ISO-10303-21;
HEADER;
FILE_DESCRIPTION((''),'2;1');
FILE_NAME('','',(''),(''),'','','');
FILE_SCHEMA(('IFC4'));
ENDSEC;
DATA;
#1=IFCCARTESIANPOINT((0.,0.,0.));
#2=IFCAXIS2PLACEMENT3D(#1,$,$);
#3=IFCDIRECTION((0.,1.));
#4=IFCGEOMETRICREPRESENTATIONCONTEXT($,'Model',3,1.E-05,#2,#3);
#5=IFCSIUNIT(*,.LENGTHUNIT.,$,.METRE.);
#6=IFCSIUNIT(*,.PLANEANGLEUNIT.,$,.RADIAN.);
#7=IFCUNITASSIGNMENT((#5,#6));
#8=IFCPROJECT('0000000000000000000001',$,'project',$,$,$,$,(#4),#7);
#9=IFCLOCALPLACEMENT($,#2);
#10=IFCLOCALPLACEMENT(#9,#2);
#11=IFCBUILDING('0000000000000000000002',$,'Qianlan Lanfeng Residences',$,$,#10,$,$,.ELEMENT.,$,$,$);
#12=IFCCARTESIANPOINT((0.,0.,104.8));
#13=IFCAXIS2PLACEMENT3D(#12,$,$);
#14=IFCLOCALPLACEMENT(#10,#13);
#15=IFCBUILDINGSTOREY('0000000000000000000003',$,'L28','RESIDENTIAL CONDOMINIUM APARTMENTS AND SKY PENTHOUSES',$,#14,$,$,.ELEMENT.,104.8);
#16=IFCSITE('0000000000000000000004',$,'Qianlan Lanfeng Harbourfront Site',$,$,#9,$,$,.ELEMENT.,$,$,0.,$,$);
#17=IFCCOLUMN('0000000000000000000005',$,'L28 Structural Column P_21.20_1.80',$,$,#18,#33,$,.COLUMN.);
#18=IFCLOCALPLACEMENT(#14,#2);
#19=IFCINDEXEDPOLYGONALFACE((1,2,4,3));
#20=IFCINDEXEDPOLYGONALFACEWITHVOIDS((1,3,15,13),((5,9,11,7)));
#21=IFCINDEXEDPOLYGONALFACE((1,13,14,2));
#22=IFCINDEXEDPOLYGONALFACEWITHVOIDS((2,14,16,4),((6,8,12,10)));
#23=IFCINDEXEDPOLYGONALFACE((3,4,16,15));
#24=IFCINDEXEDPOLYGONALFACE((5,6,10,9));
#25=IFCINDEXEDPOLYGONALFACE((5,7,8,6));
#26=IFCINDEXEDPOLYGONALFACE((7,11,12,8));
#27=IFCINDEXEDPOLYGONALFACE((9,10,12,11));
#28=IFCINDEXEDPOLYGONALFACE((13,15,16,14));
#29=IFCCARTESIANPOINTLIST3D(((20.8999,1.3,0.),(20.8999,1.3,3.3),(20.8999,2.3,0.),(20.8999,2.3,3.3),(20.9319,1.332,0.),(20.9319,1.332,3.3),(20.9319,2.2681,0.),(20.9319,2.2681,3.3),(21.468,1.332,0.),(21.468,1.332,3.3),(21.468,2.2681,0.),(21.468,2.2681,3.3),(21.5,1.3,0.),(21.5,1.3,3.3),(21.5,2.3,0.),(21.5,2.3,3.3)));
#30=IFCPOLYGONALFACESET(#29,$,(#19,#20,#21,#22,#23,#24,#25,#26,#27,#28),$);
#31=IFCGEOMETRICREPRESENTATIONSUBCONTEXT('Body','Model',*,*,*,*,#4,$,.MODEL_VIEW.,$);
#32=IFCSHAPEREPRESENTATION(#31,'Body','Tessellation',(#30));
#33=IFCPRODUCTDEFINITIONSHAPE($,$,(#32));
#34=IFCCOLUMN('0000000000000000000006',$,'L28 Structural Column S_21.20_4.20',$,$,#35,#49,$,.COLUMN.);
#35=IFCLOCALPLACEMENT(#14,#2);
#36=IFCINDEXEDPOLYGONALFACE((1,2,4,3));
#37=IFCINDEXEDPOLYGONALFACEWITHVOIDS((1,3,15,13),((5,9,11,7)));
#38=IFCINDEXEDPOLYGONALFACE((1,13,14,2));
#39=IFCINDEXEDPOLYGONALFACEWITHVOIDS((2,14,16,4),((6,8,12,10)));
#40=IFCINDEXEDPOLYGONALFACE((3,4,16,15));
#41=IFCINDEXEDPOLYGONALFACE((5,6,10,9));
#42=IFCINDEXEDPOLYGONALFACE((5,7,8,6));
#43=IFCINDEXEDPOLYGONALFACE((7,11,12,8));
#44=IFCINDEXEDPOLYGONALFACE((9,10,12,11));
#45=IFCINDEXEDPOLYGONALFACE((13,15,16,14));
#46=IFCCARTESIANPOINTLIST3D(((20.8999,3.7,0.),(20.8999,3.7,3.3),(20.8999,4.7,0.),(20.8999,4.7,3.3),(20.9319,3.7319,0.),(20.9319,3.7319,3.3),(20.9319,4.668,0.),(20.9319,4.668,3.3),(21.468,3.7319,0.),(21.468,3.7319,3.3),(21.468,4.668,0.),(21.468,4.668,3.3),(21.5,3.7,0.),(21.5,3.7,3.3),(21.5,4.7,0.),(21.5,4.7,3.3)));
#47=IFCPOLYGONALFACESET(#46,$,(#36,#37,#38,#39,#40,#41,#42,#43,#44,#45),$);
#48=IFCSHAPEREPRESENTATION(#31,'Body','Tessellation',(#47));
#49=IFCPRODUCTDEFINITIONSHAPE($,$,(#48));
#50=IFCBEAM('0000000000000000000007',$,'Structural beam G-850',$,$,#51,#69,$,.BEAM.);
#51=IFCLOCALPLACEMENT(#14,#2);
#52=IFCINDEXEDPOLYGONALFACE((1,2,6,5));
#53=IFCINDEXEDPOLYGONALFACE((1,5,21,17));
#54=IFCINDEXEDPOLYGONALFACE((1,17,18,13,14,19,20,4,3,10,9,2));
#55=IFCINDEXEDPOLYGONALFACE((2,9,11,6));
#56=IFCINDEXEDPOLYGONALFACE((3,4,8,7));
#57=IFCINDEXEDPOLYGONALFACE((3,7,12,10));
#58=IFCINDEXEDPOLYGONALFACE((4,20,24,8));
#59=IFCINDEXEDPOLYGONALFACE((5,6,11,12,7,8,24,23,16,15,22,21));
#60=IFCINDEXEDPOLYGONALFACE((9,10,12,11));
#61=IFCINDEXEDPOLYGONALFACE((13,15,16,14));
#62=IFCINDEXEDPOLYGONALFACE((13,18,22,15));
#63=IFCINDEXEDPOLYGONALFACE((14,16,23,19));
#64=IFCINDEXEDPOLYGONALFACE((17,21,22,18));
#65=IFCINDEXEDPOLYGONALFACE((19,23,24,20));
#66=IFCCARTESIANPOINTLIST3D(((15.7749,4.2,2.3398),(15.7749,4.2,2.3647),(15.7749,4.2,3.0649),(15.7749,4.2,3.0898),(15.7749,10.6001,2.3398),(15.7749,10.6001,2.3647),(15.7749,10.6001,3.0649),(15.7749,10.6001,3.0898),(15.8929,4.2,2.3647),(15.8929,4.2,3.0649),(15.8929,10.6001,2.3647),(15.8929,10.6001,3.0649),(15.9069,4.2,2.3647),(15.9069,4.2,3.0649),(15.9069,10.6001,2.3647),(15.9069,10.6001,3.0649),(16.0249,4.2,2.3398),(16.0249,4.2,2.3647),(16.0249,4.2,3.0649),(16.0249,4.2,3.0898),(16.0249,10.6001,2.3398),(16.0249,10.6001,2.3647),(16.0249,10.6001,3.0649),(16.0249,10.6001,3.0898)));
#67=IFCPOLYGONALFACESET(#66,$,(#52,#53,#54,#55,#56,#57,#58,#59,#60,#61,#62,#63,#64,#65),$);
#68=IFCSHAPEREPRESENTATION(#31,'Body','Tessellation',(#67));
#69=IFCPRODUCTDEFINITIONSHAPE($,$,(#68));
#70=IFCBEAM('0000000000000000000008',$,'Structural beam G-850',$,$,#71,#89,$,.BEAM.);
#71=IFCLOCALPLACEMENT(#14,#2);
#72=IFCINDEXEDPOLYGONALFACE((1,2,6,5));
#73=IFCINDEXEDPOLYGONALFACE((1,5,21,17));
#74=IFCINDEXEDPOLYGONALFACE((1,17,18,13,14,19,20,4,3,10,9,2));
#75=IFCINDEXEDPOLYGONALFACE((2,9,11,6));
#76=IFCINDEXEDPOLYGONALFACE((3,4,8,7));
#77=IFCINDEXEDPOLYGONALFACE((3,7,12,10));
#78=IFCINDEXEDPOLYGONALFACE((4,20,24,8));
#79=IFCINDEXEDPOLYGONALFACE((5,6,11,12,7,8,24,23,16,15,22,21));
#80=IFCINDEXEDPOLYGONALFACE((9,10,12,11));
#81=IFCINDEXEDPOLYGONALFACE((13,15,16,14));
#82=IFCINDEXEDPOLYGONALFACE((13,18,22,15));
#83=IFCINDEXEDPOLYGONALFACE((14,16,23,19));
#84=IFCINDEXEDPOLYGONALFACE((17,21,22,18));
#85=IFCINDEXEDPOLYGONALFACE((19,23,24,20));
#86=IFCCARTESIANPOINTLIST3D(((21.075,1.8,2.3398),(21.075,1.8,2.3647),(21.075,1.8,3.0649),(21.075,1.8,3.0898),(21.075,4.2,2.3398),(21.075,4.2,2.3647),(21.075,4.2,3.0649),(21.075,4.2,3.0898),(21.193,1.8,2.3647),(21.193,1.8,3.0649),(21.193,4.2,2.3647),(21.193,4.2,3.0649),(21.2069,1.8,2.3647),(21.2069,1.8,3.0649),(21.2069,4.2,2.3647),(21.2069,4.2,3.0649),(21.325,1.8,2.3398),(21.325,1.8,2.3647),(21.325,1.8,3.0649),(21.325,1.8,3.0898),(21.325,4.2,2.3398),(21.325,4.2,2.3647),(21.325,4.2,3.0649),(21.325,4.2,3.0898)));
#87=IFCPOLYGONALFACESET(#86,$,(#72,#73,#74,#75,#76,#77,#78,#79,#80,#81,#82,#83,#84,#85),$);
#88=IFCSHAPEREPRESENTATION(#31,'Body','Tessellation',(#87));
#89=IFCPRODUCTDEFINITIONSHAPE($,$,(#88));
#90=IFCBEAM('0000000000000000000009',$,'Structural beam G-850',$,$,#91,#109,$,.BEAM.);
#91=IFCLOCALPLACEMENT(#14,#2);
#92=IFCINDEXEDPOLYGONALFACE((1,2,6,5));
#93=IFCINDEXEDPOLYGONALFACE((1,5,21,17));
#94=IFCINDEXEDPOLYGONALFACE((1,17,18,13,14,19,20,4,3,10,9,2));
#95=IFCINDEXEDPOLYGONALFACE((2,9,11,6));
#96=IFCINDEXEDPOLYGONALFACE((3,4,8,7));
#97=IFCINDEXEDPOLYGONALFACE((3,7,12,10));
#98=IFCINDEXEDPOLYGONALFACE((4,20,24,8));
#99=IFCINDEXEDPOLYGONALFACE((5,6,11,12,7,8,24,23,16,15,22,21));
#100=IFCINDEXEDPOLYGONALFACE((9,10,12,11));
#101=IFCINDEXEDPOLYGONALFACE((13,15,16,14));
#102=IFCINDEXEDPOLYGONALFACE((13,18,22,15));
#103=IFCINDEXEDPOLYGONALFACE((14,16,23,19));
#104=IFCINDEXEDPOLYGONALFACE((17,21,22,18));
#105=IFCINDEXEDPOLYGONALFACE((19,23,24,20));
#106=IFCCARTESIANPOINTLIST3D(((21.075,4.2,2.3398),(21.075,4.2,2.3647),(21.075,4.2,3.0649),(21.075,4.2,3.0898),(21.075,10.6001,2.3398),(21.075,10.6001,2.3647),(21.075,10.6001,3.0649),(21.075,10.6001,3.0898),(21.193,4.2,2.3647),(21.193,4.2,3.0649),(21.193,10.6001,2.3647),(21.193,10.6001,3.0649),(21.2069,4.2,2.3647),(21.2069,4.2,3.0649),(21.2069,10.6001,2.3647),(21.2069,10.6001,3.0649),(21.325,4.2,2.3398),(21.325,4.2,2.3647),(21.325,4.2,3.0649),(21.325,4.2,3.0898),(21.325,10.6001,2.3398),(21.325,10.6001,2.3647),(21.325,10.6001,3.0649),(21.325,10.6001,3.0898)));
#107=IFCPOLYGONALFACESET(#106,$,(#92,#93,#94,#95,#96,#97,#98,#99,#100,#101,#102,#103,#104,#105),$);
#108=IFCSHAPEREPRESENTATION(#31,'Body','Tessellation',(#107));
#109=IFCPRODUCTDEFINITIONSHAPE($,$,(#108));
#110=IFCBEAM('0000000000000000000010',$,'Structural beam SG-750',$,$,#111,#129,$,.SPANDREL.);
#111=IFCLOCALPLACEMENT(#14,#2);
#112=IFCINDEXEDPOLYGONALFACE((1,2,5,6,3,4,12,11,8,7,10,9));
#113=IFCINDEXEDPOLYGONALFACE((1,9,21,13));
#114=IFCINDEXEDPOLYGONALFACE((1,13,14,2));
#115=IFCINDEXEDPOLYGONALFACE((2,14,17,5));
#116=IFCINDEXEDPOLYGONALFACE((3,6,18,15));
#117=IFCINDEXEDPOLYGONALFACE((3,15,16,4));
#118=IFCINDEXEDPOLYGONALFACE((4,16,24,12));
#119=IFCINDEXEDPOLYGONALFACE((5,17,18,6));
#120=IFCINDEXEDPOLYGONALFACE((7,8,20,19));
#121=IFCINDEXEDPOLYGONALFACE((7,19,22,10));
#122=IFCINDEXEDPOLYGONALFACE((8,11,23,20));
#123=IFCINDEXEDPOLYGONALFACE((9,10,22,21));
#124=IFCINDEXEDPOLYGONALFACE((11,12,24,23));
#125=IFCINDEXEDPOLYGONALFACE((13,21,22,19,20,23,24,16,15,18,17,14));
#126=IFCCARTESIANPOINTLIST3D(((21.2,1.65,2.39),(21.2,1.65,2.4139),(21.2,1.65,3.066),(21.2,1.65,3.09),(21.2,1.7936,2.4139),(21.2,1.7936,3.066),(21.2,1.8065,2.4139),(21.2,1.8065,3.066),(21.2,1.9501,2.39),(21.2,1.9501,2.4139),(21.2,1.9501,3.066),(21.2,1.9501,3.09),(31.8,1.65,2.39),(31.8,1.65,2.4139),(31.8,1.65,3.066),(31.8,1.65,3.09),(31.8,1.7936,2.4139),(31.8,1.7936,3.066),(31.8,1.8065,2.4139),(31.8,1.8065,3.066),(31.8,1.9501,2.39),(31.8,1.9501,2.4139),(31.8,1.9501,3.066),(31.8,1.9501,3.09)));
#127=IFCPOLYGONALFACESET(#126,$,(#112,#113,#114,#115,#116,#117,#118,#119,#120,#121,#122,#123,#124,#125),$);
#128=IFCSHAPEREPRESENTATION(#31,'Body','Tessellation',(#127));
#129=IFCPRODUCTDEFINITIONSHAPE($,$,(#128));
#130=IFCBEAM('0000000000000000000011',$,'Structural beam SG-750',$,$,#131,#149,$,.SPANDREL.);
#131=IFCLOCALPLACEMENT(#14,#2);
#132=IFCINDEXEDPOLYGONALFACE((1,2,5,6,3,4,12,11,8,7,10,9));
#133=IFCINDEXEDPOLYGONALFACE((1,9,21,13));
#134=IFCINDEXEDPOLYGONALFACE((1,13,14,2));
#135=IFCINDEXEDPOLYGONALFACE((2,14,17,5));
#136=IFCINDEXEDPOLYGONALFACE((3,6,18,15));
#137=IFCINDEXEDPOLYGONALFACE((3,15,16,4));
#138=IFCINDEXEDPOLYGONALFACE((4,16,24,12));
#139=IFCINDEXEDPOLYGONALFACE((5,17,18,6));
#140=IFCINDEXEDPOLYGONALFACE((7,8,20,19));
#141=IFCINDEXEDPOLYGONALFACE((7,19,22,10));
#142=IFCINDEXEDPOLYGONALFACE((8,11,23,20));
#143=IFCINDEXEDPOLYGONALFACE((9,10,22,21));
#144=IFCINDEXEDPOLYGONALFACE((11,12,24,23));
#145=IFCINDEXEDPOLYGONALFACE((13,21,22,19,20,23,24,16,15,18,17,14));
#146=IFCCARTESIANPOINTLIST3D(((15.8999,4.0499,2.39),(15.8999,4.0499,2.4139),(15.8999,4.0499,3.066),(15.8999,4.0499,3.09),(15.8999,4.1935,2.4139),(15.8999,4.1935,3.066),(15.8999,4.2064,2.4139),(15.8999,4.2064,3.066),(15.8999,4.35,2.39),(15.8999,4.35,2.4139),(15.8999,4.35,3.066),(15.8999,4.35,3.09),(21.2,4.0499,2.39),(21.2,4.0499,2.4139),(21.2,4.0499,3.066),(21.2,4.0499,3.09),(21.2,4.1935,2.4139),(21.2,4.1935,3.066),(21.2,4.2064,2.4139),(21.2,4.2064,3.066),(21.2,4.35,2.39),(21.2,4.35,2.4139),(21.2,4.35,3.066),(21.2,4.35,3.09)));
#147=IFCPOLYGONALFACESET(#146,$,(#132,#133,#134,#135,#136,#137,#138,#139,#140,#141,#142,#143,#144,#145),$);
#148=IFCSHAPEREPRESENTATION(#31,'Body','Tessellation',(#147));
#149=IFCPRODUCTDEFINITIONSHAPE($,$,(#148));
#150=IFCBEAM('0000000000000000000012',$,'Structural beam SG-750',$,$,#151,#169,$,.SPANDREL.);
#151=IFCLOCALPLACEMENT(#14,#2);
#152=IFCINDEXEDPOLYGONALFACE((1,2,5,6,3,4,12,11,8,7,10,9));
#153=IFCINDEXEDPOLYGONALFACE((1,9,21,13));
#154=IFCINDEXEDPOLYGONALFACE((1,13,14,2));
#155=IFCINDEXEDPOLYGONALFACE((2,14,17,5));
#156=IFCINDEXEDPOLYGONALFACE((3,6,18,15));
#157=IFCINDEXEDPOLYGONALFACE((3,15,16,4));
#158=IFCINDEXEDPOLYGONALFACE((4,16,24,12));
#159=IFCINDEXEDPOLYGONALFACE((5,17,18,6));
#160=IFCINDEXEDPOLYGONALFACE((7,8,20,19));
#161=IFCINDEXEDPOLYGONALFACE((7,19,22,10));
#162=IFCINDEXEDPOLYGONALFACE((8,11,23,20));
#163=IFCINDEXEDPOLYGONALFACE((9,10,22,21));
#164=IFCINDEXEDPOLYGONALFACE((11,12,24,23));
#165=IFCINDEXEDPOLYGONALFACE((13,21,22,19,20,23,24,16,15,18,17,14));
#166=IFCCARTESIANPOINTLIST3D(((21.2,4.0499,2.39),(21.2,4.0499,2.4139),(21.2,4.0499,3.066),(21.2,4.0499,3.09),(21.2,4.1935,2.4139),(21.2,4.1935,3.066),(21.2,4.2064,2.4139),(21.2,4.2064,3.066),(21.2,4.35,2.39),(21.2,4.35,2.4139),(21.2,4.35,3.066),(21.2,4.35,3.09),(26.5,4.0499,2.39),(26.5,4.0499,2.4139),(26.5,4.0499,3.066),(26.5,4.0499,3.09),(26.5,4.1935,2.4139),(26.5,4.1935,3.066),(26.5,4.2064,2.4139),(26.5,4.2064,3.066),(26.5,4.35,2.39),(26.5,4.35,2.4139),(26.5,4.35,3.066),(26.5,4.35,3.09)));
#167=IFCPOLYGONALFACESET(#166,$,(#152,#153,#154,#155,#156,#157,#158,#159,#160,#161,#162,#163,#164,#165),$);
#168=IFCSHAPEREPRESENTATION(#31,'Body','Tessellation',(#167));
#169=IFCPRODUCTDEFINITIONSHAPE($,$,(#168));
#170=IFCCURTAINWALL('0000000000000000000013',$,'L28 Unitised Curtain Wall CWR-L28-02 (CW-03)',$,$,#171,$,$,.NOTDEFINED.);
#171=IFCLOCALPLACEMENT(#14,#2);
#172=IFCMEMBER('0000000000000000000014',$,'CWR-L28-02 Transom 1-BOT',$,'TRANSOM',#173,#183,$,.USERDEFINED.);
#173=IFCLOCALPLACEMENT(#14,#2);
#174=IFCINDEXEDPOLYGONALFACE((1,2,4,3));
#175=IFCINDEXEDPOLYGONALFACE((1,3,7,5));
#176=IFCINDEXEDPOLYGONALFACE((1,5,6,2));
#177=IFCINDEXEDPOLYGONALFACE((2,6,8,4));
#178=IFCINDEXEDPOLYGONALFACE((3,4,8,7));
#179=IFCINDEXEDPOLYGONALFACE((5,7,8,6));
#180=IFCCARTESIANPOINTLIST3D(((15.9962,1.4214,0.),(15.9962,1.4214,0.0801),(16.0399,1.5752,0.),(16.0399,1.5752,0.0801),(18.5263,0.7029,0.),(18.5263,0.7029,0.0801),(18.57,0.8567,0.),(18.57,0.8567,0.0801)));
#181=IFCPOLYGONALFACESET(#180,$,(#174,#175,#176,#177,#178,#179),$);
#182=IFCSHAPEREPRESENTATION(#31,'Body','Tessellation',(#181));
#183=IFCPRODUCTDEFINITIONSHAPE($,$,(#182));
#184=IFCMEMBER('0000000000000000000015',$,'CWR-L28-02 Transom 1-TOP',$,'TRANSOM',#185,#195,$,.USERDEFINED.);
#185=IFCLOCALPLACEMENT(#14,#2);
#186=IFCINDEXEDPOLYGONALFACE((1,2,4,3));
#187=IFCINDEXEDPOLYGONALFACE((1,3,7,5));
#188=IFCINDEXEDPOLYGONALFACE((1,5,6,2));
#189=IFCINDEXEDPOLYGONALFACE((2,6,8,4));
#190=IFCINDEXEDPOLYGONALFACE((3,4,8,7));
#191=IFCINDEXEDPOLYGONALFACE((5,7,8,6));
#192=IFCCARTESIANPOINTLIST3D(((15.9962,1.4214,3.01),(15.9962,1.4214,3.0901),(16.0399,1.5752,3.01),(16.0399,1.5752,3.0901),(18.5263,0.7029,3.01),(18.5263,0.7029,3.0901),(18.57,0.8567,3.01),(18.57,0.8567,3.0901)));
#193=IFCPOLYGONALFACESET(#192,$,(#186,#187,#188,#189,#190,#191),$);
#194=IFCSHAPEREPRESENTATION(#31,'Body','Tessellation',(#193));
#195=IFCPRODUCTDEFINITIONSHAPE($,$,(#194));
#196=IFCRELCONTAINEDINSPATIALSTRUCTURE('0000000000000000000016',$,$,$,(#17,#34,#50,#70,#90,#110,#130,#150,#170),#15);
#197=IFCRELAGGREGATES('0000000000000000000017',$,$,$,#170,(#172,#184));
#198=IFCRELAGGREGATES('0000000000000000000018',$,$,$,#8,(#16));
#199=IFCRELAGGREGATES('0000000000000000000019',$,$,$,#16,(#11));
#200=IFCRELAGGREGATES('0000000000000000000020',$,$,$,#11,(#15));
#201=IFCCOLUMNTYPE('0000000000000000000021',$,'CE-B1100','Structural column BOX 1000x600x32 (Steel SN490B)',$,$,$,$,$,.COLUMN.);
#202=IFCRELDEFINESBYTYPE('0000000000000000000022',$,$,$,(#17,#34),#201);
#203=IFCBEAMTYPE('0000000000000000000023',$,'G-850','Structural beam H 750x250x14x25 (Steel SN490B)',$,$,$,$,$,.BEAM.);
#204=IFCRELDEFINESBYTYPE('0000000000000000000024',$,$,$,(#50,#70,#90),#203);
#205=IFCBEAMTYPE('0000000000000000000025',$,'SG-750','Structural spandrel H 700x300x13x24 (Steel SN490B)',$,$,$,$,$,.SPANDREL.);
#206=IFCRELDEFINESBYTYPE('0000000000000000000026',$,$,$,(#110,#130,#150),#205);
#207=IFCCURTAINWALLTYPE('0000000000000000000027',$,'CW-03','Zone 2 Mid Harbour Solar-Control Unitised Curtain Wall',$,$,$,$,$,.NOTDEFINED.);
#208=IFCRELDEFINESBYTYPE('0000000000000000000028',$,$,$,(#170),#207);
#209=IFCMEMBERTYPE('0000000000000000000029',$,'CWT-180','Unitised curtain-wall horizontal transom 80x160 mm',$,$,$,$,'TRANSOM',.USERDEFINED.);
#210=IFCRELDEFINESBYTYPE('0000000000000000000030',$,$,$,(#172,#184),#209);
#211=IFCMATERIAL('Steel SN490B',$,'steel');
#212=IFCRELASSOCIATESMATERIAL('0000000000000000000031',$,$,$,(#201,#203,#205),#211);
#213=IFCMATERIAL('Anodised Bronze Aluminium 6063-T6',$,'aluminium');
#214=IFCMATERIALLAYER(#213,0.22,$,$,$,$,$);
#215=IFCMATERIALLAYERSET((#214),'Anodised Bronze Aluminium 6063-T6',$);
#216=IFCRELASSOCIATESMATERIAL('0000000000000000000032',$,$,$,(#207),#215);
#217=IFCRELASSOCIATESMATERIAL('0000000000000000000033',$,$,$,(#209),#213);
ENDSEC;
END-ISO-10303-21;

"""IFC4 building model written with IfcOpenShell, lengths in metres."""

from ifc_helpers import new_model, si_unit, direction, frame, origin, origin_2d, place, context, subcontext, project, spatial, rectangle, hollow_rectangle, i_section, extrude, source, transform, mapped, material, layer, layer_set, material_profile, profile_set, type_object, element, aggregate, save


model = new_model("IFC4")

# Units and contexts
model_context = context("Model", 3, precision=1e-05, world=origin(), true_north=direction((0.0, 1.0)))
body_context = subcontext(model_context, "Body", "Model", "MODEL_VIEW")
ifc_project = project(units=[si_unit("LENGTHUNIT", "METRE"), si_unit("PLANEANGLEUNIT", "RADIAN")], contexts=[model_context])

# Site, building, storey
site_placement = place(None, origin())
site = spatial("IfcSite", under=ifc_project, at=site_placement, Name="Qianlan Lanfeng Harbourfront Site", CompositionType="ELEMENT", RefElevation=0.0)
building_placement = place(site_placement, origin())
building = spatial("IfcBuilding", under=site, at=building_placement, Name="Qianlan Lanfeng Residences", CompositionType="ELEMENT")
storey_placement = place(building_placement, frame((0.0, 0.0, 104.8)))
storey = spatial("IfcBuildingStorey", under=building, at=storey_placement, Name="L28", Description="RESIDENTIAL CONDOMINIUM APARTMENTS AND SKY PENTHOUSES", CompositionType="ELEMENT", Elevation=104.8)

# Columns
ifc_material_1 = material(Name="Steel SN490B", Category="steel")
ifc_material_profile_1 = material_profile(ifc_material_1, hollow_rectangle(XDim=0.6001, YDim=1.0, WallThickness=0.032, at=origin_2d()), Name="BOX 1000x600x32")
ifc_profile_set_1 = profile_set([ifc_material_profile_1], Name="Steel SN490B")
column_type = type_object("IfcColumnType", Name="CE-B1100", Description="Structural column BOX 1000x600x32 (Steel SN490B)", PredefinedType="COLUMN", material=ifc_profile_set_1)
for number, where, z_axis, x_axis, name in (
    (1, (21.2, 1.8, 0.0), (0.0, 0.0, 1.0), (1.0, 0.0, 0.0), "L28 Structural Column P_21.20_1.80"),
    (2, (21.2, 4.2, 0.0), (0.0, 0.0, 1.0), (1.0, 0.0, 0.0), "L28 Structural Column S_21.20_4.20"),
):
    element("IfcColumn", number, at=place(storey_placement, frame(where, z_axis=z_axis, x_axis=x_axis)), inside=storey, type_object=column_type, Name=name, PredefinedType="COLUMN", context=body_context, shape_type="SweptSolid", body=[
        extrude(hollow_rectangle(XDim=0.6001, YDim=1.0, WallThickness=0.032, at=origin_2d()), origin(), (0.0, 0.0, 1.0), 3.3),
    ])

# Beams
ifc_material_profile_2 = material_profile(ifc_material_1, i_section(OverallWidth=0.25, OverallDepth=0.75, WebThickness=0.0139, FlangeThickness=0.0249, at=origin_2d()), Name="H 750x250x14x25")
ifc_profile_set_2 = profile_set([ifc_material_profile_2], Name="Steel SN490B")
beam_type_1 = type_object("IfcBeamType", Name="G-850", Description="Structural beam H 750x250x14x25 (Steel SN490B)", PredefinedType="BEAM", material=ifc_profile_set_2)
beam_1_placement = place(storey_placement, frame((15.8999, 4.2, 2.7148), z_axis=(0.0, 1.0, 0.0), x_axis=(-1.0, 0.0, 0.0)))
element("IfcBeam", 3, at=beam_1_placement, inside=storey, type_object=beam_type_1, Name="Structural beam G-850", PredefinedType="BEAM", context=body_context, shape_type="SweptSolid", body=[
    extrude(i_section(OverallWidth=0.25, OverallDepth=0.75, WebThickness=0.0139, FlangeThickness=0.0249, at=origin_2d()), origin(), (0.0, 0.0, 1.0), 6.4001),
])
beam_2_placement = place(storey_placement, frame((21.2, 1.8, 2.7148), z_axis=(0.0, 1.0, 0.0), x_axis=(-1.0, 0.0, 0.0)))
element("IfcBeam", 4, at=beam_2_placement, inside=storey, type_object=beam_type_1, Name="Structural beam G-850", PredefinedType="BEAM", context=body_context, shape_type="SweptSolid", body=[
    extrude(i_section(OverallWidth=0.25, OverallDepth=0.75, WebThickness=0.0139, FlangeThickness=0.0249, at=origin_2d()), origin(), (0.0, 0.0, 1.0), 2.3999),
])
beam_3_placement = place(storey_placement, frame((21.2, 4.2, 2.7148), z_axis=(0.0, 1.0, 0.0), x_axis=(-1.0, 0.0, 0.0)))
element("IfcBeam", 5, at=beam_3_placement, inside=storey, type_object=beam_type_1, Name="Structural beam G-850", PredefinedType="BEAM", context=body_context, shape_type="SweptSolid", body=[
    extrude(i_section(OverallWidth=0.25, OverallDepth=0.75, WebThickness=0.0139, FlangeThickness=0.0249, at=origin_2d()), origin(), (0.0, 0.0, 1.0), 6.4001),
])
ifc_material_profile_3 = material_profile(ifc_material_1, i_section(OverallWidth=0.3, OverallDepth=0.7, WebThickness=0.0129, FlangeThickness=0.0239, at=origin_2d()), Name="H 700x300x13x24")
ifc_profile_set_3 = profile_set([ifc_material_profile_3], Name="Steel SN490B")
beam_type_2 = type_object("IfcBeamType", Name="SG-750", Description="Structural spandrel H 700x300x13x24 (Steel SN490B)", PredefinedType="SPANDREL", material=ifc_profile_set_3)
beam_4_placement = place(storey_placement, frame((21.2, 1.8, 2.74), z_axis=(1.0, 0.0, 0.0), x_axis=(0.0, 1.0, 0.0)))
element("IfcBeam", 6, at=beam_4_placement, inside=storey, type_object=beam_type_2, Name="Structural beam SG-750", PredefinedType="SPANDREL", context=body_context, shape_type="SweptSolid", body=[
    extrude(i_section(OverallWidth=0.3, OverallDepth=0.7, WebThickness=0.0129, FlangeThickness=0.0239, at=origin_2d()), origin(), (0.0, 0.0, 1.0), 10.6001),
])
for number, where, z_axis, x_axis, name in (
    (7, (15.8999, 4.2, 2.74), (1.0, 0.0, 0.0), (0.0, 1.0, 0.0), "Structural beam SG-750"),
    (8, (21.2, 4.2, 2.74), (1.0, 0.0, 0.0), (0.0, 1.0, 0.0), "Structural beam SG-750"),
):
    element("IfcBeam", number, at=place(storey_placement, frame(where, z_axis=z_axis, x_axis=x_axis)), inside=storey, type_object=beam_type_2, Name=name, PredefinedType="SPANDREL", context=body_context, shape_type="SweptSolid", body=[
        extrude(i_section(OverallWidth=0.3, OverallDepth=0.7, WebThickness=0.0129, FlangeThickness=0.0239, at=origin_2d()), origin(), (0.0, 0.0, 1.0), 5.3),
    ])

# Curtain wall, members
ifc_material_2 = material(Name="Anodised Bronze Aluminium 6063-T6", Category="aluminium")
ifc_layer_1 = layer(ifc_material_2, 0.22)
ifc_layer_set_1 = layer_set([ifc_layer_1], Name="Anodised Bronze Aluminium 6063-T6")
curtain_wall_type = type_object("IfcCurtainWallType", Name="CW-03", Description="Zone 2 Mid Harbour Solar-Control Unitised Curtain Wall", PredefinedType="NOTDEFINED", material=ifc_layer_set_1)
curtain_wall_1_placement = place(storey_placement, origin())
curtain_wall_1 = element("IfcCurtainWall", 9, at=curtain_wall_1_placement, inside=storey, type_object=curtain_wall_type, Name="L28 Unitised Curtain Wall CWR-L28-02 (CW-03)", PredefinedType="NOTDEFINED")
ifc_material_profile_4 = material_profile(ifc_material_2, rectangle(XDim=0.0801, YDim=0.1599, at=origin_2d()), Name="ALU TRANSOM 80x160")
ifc_profile_set_4 = profile_set([ifc_material_profile_4], Name="Anodised Bronze Aluminium 6063-T6")
member_type_1 = type_object("IfcMemberType", Name="CWT-180", Description="Unitised curtain-wall horizontal transom 80x160 mm", ElementType="TRANSOM", PredefinedType="USERDEFINED", material=ifc_profile_set_4)
shared_shape_1 = source(origin(), body_context, "Body", "SweptSolid", [
    extrude(rectangle(XDim=0.0801, YDim=0.1599, at=origin_2d()), origin(), (0.0, 0.0, 1.0), 2.6301),
])
member_1_placement = place(storey_placement, frame((16.0181, 1.4983, 0.04), z_axis=(0.961961, -0.273188, 0.0), x_axis=(0.0, 0.0, 1.0)))
member_1 = element("IfcMember", 10, at=member_1_placement, type_object=member_type_1, Name="CWR-L28-02 Transom 1-BOT", ObjectType="TRANSOM", PredefinedType="USERDEFINED", context=body_context, shape_type="MappedRepresentation", body=[
    mapped(shared_shape_1, transform((0.0, 0.0, 0.0), scale=1.0)),
])
member_2_placement = place(storey_placement, frame((16.0181, 1.4983, 3.05), z_axis=(0.961961, -0.273188, 0.0), x_axis=(0.0, 0.0, 1.0)))
member_2 = element("IfcMember", 11, at=member_2_placement, type_object=member_type_1, Name="CWR-L28-02 Transom 1-TOP", ObjectType="TRANSOM", PredefinedType="USERDEFINED", context=body_context, shape_type="MappedRepresentation", body=[
    mapped(shared_shape_1, transform((0.0, 0.0, 0.0), scale=1.0)),
])

aggregate(curtain_wall_1, [member_1, member_2])

save(model, "model.ifc")
